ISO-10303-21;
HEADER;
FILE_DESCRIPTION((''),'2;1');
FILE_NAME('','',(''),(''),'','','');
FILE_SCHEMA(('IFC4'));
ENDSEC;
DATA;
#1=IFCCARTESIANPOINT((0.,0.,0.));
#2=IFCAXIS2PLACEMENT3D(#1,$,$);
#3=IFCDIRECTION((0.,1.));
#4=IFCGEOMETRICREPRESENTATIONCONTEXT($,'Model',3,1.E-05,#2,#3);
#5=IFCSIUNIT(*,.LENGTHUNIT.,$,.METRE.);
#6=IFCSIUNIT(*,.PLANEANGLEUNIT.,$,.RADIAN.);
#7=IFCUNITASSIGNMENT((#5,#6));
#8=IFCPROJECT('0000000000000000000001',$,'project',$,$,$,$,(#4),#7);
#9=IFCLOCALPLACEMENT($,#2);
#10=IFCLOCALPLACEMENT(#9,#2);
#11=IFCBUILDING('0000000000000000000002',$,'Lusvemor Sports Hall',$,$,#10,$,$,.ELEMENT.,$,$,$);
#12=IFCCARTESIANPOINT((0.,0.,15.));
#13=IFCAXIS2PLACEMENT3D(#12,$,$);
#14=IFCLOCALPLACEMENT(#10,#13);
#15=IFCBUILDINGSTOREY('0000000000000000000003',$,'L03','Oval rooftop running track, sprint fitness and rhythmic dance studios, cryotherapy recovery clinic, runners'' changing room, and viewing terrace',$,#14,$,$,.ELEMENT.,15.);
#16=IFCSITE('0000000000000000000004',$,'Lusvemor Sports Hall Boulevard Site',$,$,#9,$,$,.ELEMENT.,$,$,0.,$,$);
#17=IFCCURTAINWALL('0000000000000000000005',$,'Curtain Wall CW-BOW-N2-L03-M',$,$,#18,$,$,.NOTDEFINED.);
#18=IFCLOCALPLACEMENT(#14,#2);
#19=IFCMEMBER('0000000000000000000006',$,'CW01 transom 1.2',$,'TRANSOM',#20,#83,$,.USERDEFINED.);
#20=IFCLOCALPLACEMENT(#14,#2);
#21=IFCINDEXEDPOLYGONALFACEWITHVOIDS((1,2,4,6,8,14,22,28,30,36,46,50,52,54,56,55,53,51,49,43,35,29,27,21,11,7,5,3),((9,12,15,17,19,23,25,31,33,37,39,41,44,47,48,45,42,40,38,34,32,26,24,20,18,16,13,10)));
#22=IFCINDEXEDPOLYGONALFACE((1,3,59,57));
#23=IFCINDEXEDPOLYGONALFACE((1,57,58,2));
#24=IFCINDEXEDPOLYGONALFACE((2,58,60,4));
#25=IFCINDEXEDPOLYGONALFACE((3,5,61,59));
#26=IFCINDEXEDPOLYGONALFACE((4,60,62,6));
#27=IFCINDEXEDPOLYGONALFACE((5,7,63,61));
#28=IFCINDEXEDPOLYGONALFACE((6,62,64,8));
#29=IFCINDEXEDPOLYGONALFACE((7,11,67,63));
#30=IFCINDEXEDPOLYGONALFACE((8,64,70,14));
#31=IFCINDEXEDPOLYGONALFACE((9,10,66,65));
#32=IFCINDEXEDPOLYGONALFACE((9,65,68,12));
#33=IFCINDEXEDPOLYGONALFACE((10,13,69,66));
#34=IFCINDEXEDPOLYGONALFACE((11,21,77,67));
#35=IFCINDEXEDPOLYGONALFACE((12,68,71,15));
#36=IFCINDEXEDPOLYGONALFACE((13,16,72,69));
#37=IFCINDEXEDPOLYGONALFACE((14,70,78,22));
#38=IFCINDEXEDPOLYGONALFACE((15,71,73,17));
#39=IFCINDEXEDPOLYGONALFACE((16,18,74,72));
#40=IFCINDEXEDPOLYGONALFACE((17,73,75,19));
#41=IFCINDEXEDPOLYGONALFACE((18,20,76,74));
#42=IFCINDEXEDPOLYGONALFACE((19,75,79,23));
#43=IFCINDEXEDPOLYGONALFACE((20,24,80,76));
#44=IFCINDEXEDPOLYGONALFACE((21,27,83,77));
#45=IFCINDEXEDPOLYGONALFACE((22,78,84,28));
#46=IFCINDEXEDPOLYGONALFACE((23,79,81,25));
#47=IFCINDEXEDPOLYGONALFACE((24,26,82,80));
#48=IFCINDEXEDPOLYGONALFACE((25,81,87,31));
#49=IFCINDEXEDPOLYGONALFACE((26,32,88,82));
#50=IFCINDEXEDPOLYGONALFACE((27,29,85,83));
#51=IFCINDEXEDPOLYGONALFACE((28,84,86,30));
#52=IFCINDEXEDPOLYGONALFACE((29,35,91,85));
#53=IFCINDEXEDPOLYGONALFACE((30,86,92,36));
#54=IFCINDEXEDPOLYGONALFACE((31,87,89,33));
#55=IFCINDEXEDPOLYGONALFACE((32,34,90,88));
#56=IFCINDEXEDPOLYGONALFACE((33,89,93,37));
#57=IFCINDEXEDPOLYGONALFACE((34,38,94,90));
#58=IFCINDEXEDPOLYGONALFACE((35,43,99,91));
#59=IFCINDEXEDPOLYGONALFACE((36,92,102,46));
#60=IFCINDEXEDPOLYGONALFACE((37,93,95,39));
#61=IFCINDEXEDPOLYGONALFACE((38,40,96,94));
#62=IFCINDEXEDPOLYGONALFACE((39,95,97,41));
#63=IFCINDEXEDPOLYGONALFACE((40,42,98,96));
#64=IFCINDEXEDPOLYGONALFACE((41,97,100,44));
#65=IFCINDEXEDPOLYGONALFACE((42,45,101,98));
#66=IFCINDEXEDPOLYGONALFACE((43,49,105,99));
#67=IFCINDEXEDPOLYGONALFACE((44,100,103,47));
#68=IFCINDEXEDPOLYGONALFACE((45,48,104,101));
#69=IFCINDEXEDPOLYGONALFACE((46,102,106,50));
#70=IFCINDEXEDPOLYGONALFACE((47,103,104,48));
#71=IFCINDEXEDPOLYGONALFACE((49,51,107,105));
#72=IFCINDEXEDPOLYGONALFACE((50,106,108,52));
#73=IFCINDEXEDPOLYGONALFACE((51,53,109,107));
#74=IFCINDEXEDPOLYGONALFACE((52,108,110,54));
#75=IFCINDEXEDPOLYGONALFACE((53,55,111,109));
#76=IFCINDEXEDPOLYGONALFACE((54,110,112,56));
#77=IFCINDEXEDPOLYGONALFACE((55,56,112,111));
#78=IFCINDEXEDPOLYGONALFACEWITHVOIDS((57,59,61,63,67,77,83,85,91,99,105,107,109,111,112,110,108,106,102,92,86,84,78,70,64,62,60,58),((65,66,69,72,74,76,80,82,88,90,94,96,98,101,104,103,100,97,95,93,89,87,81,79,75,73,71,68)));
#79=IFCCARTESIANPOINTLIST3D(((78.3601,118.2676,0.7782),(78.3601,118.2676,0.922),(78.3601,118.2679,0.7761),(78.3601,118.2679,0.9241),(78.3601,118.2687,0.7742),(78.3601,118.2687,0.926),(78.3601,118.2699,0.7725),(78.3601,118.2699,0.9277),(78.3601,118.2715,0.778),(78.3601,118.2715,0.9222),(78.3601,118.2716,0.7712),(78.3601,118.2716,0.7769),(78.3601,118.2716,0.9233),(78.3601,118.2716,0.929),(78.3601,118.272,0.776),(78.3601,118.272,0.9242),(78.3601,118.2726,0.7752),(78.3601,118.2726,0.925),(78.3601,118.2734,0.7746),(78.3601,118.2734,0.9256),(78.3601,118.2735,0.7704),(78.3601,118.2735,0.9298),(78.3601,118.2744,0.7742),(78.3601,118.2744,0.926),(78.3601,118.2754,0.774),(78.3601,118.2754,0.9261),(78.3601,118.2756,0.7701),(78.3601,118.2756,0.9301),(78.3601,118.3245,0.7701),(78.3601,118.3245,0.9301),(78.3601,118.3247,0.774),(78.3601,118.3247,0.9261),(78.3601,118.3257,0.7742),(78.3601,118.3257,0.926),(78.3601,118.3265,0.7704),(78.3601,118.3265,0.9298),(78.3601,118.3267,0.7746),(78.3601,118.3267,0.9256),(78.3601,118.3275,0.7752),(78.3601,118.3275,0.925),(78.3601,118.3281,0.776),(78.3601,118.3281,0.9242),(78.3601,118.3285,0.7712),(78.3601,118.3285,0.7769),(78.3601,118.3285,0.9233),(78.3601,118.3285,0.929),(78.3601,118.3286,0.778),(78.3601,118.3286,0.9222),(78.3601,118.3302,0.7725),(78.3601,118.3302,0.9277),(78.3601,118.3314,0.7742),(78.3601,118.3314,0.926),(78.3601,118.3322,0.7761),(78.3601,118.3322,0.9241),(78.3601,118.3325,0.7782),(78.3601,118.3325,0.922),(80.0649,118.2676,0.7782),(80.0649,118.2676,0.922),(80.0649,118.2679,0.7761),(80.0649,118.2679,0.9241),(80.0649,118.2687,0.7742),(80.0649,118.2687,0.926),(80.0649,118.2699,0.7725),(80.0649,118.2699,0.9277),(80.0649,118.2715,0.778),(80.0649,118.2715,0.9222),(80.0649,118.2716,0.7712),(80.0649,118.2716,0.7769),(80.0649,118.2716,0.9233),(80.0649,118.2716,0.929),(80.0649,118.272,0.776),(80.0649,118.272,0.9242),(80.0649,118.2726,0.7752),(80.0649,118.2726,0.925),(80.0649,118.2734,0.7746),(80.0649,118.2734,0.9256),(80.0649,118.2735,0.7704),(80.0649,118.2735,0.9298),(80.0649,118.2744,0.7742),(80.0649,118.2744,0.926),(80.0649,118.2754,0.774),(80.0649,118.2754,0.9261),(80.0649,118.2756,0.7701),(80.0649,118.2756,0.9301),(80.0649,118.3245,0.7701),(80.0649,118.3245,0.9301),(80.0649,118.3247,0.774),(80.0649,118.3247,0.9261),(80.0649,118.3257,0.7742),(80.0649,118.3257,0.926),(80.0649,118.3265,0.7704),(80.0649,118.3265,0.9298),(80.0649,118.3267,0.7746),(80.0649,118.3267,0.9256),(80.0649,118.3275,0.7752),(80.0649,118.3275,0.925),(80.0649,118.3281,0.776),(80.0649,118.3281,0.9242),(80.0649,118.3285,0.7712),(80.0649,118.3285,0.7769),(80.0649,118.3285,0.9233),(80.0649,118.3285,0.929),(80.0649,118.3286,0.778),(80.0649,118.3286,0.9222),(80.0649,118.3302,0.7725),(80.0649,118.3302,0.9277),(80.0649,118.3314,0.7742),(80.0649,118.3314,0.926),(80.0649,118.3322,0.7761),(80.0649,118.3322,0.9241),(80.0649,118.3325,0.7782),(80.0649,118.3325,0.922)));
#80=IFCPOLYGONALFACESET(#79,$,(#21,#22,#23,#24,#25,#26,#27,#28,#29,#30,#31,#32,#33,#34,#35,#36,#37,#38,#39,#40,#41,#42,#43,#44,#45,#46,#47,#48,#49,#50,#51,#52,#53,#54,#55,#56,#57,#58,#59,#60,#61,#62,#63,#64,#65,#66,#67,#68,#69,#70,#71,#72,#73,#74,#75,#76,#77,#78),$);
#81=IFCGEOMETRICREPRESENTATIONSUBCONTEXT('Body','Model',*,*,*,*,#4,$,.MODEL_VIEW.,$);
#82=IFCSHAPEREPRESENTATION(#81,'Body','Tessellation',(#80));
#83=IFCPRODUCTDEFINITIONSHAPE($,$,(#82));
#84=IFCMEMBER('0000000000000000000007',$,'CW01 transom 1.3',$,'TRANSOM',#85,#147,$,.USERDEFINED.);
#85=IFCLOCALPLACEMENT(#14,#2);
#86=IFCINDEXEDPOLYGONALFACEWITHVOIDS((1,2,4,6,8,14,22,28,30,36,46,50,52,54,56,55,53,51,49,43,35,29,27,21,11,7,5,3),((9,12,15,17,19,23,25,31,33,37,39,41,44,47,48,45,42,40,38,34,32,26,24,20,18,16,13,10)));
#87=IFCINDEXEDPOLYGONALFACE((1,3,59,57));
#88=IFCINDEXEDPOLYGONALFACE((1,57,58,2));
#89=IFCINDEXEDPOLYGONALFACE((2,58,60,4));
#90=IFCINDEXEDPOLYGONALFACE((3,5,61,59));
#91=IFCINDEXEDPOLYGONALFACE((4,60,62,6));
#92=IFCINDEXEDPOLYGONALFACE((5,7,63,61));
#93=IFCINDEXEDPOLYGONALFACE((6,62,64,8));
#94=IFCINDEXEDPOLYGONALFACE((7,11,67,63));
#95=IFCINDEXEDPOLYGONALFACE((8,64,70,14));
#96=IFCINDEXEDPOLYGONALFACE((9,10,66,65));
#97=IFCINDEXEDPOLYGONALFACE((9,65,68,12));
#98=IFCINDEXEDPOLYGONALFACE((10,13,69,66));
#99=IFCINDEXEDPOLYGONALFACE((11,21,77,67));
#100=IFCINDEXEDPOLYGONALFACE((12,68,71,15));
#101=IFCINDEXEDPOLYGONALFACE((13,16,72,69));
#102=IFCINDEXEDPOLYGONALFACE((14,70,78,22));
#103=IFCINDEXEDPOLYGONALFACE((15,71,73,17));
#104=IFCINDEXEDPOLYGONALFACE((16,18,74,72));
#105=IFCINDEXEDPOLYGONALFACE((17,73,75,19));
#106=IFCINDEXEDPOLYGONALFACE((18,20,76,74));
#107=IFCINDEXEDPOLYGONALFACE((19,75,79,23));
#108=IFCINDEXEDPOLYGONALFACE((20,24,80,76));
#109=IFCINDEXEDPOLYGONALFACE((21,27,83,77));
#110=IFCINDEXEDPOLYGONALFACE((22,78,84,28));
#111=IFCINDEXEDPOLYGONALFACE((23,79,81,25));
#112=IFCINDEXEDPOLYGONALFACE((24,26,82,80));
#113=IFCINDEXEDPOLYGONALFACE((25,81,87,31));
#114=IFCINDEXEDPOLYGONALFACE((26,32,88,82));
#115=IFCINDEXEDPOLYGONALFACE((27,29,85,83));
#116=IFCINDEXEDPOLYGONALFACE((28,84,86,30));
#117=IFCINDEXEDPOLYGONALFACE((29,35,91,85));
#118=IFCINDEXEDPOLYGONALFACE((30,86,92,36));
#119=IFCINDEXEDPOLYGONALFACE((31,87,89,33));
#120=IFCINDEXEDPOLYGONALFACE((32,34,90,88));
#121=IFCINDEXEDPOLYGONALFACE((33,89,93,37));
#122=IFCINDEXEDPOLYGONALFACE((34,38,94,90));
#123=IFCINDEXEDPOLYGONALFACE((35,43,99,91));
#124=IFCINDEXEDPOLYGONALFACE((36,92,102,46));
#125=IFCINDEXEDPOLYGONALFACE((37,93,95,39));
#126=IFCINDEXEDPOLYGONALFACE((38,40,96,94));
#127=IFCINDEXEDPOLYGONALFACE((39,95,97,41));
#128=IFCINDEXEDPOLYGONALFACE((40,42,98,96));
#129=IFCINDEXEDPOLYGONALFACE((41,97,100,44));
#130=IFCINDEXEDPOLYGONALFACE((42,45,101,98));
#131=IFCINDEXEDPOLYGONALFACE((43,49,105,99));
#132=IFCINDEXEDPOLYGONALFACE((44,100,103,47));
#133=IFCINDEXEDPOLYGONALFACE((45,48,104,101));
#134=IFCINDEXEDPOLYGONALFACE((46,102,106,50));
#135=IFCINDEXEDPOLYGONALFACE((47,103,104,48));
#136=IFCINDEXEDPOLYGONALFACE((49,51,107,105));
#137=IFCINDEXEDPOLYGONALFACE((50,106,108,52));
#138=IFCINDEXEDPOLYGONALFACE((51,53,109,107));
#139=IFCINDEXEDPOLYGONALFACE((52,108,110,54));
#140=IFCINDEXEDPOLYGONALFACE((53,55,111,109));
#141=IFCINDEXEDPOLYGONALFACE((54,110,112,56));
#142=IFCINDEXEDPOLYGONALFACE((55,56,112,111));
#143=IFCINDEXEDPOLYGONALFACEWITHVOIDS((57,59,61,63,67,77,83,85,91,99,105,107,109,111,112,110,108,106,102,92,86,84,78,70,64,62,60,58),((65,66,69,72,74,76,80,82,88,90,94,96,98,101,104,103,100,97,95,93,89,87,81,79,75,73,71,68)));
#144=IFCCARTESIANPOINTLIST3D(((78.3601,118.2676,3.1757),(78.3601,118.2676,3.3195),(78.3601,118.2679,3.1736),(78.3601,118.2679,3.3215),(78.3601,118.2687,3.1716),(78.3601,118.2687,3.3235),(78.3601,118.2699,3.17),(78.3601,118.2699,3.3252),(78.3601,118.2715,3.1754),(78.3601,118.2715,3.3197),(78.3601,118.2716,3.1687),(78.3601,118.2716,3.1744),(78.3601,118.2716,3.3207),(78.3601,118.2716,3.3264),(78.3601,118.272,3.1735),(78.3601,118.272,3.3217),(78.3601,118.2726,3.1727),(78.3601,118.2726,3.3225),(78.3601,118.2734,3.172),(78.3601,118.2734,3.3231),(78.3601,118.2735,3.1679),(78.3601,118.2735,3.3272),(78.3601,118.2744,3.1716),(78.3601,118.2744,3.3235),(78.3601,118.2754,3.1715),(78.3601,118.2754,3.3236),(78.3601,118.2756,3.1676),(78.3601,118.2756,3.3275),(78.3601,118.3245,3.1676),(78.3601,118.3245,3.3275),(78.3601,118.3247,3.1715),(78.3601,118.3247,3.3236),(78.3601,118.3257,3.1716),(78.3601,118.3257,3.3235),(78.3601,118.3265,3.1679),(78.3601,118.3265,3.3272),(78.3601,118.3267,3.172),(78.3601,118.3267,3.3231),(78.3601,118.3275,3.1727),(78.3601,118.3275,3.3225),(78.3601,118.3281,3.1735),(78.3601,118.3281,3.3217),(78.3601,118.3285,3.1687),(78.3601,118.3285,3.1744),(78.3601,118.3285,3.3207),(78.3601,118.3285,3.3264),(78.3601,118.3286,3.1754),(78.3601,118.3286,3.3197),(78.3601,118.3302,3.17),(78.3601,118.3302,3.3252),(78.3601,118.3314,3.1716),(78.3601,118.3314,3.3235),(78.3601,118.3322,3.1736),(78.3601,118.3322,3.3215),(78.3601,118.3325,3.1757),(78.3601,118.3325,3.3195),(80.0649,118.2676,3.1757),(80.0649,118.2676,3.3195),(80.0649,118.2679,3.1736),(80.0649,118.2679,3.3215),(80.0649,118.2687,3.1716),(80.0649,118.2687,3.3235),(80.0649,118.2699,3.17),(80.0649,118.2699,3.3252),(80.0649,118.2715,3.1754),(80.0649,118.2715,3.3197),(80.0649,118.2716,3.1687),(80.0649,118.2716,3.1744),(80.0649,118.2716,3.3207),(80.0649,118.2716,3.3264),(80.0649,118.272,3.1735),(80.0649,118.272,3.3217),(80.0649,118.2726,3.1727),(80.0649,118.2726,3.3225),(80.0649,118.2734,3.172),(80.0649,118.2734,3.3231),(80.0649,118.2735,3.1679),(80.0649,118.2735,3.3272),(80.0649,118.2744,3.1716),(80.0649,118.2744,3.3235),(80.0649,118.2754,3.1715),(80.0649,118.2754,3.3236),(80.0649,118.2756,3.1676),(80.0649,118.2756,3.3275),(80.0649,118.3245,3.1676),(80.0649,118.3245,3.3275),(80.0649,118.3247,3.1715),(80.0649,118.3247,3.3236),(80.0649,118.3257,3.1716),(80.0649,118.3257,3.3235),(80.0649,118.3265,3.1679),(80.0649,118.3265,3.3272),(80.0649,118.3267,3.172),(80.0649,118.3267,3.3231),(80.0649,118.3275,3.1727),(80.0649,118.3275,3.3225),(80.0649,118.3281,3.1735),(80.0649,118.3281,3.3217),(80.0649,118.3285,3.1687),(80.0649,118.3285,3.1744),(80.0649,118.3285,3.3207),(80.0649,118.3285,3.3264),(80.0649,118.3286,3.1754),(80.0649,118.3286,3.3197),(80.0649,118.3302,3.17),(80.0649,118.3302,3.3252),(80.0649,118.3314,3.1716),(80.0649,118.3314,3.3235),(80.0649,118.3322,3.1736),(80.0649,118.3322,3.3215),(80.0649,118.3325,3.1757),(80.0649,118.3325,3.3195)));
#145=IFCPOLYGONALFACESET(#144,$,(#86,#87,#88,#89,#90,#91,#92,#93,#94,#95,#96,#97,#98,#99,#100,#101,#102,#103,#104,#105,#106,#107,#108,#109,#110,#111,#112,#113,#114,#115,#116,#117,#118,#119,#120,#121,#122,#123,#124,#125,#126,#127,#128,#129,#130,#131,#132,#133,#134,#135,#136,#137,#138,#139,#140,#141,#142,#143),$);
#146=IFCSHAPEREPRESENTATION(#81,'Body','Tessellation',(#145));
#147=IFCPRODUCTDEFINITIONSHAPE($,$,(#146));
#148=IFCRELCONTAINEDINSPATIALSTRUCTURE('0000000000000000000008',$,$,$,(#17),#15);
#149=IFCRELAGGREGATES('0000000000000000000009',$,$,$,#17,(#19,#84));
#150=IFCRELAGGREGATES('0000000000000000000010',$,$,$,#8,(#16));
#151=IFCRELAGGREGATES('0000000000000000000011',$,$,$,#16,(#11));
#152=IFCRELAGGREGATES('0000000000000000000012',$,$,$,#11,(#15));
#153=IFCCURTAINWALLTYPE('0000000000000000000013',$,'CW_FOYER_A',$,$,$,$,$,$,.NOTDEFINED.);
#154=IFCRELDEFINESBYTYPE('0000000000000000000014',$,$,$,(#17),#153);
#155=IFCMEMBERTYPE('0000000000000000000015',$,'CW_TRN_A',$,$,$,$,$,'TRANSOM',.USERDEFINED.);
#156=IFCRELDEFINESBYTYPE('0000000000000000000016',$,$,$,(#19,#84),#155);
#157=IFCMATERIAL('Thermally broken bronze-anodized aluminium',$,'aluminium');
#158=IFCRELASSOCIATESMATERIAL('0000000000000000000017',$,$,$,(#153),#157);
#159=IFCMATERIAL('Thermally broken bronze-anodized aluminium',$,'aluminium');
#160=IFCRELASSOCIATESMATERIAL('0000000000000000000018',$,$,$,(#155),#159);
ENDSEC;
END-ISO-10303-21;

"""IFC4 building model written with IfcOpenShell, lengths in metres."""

from ifc_helpers import new_model, si_unit, direction, frame, origin, origin_2d, place, context, subcontext, project, spatial, hollow_rectangle, extrude, material, material_profile, profile_set, type_object, element, aggregate, save


model = new_model("IFC4")

# Units and contexts
model_context = context("Model", 3, precision=1e-05, world=origin(), true_north=direction((0.0, 1.0)))
body_context = subcontext(model_context, "Body", "Model", "MODEL_VIEW")
ifc_project = project(units=[si_unit("LENGTHUNIT", "METRE"), si_unit("PLANEANGLEUNIT", "RADIAN")], contexts=[model_context])

# Site, building, storey
site_placement = place(None, origin())
site = spatial("IfcSite", under=ifc_project, at=site_placement, Name="Lusvemor Sports Hall Boulevard Site", CompositionType="ELEMENT", RefElevation=0.0)
building_placement = place(site_placement, origin())
building = spatial("IfcBuilding", under=site, at=building_placement, Name="Lusvemor Sports Hall", CompositionType="ELEMENT")
storey_placement = place(building_placement, frame((0.0, 0.0, 15.0)))
storey = spatial("IfcBuildingStorey", under=building, at=storey_placement, Name="L03", Description="Oval rooftop running track, sprint fitness and rhythmic dance studios, cryotherapy recovery clinic, runners' changing room, and viewing terrace", CompositionType="ELEMENT", Elevation=15.0)

# Curtain wall
ifc_material_1 = material(Name="Thermally broken bronze-anodized aluminium", Category="aluminium")
curtain_wall_type_1 = type_object("IfcCurtainWallType", Name="CW_FOYER_A", PredefinedType="NOTDEFINED", material=ifc_material_1)
curtain_wall_1_placement = place(storey_placement, origin())
curtain_wall_1 = element("IfcCurtainWall", 1, at=curtain_wall_1_placement, inside=storey, type_object=curtain_wall_type_1, Name="Curtain Wall CW-BOW-N2-L03-M", PredefinedType="NOTDEFINED")

# Members
ifc_material_2 = material(Name="Thermally broken bronze-anodized aluminium", Category="aluminium")
ifc_material_profile_1 = material_profile(ifc_material_2, hollow_rectangle(XDim=0.0649, YDim=0.1599, WallThickness=0.0039, InnerFilletRadius=0.0039, OuterFilletRadius=0.0081, at=origin_2d()), Name="CWTRN160x65x4")
ifc_profile_set_1 = profile_set([ifc_material_profile_1], Name="Thermally broken bronze-anodized aluminium")
member_type_1 = type_object("IfcMemberType", Name="CW_TRN_A", ElementType="TRANSOM", PredefinedType="USERDEFINED", material=ifc_profile_set_1)
member_1_placement = place(storey_placement, frame((78.3601, 118.3, 0.8501), z_axis=(1.0, 0.0, 0.0), x_axis=(0.0, 1.0, 0.0)))
member_1 = element("IfcMember", 2, at=member_1_placement, type_object=member_type_1, Name="CW01 transom 1.2", ObjectType="TRANSOM", PredefinedType="USERDEFINED", context=body_context, shape_type="SweptSolid", body=[
    extrude(hollow_rectangle(XDim=0.0649, YDim=0.1599, WallThickness=0.0039, InnerFilletRadius=0.0039, OuterFilletRadius=0.0081, at=origin_2d()), origin(), (0.0, 0.0, 1.0), 1.7048),
])
member_2_placement = place(storey_placement, frame((78.3601, 118.3, 3.2476), z_axis=(1.0, 0.0, 0.0), x_axis=(0.0, 1.0, 0.0)))
member_2 = element("IfcMember", 3, at=member_2_placement, type_object=member_type_1, Name="CW01 transom 1.3", ObjectType="TRANSOM", PredefinedType="USERDEFINED", context=body_context, shape_type="SweptSolid", body=[
    extrude(hollow_rectangle(XDim=0.0649, YDim=0.1599, WallThickness=0.0039, InnerFilletRadius=0.0039, OuterFilletRadius=0.0081, at=origin_2d()), origin(), (0.0, 0.0, 1.0), 1.7048),
])

aggregate(curtain_wall_1, [member_1, member_2])

save(model, "model.ifc")
